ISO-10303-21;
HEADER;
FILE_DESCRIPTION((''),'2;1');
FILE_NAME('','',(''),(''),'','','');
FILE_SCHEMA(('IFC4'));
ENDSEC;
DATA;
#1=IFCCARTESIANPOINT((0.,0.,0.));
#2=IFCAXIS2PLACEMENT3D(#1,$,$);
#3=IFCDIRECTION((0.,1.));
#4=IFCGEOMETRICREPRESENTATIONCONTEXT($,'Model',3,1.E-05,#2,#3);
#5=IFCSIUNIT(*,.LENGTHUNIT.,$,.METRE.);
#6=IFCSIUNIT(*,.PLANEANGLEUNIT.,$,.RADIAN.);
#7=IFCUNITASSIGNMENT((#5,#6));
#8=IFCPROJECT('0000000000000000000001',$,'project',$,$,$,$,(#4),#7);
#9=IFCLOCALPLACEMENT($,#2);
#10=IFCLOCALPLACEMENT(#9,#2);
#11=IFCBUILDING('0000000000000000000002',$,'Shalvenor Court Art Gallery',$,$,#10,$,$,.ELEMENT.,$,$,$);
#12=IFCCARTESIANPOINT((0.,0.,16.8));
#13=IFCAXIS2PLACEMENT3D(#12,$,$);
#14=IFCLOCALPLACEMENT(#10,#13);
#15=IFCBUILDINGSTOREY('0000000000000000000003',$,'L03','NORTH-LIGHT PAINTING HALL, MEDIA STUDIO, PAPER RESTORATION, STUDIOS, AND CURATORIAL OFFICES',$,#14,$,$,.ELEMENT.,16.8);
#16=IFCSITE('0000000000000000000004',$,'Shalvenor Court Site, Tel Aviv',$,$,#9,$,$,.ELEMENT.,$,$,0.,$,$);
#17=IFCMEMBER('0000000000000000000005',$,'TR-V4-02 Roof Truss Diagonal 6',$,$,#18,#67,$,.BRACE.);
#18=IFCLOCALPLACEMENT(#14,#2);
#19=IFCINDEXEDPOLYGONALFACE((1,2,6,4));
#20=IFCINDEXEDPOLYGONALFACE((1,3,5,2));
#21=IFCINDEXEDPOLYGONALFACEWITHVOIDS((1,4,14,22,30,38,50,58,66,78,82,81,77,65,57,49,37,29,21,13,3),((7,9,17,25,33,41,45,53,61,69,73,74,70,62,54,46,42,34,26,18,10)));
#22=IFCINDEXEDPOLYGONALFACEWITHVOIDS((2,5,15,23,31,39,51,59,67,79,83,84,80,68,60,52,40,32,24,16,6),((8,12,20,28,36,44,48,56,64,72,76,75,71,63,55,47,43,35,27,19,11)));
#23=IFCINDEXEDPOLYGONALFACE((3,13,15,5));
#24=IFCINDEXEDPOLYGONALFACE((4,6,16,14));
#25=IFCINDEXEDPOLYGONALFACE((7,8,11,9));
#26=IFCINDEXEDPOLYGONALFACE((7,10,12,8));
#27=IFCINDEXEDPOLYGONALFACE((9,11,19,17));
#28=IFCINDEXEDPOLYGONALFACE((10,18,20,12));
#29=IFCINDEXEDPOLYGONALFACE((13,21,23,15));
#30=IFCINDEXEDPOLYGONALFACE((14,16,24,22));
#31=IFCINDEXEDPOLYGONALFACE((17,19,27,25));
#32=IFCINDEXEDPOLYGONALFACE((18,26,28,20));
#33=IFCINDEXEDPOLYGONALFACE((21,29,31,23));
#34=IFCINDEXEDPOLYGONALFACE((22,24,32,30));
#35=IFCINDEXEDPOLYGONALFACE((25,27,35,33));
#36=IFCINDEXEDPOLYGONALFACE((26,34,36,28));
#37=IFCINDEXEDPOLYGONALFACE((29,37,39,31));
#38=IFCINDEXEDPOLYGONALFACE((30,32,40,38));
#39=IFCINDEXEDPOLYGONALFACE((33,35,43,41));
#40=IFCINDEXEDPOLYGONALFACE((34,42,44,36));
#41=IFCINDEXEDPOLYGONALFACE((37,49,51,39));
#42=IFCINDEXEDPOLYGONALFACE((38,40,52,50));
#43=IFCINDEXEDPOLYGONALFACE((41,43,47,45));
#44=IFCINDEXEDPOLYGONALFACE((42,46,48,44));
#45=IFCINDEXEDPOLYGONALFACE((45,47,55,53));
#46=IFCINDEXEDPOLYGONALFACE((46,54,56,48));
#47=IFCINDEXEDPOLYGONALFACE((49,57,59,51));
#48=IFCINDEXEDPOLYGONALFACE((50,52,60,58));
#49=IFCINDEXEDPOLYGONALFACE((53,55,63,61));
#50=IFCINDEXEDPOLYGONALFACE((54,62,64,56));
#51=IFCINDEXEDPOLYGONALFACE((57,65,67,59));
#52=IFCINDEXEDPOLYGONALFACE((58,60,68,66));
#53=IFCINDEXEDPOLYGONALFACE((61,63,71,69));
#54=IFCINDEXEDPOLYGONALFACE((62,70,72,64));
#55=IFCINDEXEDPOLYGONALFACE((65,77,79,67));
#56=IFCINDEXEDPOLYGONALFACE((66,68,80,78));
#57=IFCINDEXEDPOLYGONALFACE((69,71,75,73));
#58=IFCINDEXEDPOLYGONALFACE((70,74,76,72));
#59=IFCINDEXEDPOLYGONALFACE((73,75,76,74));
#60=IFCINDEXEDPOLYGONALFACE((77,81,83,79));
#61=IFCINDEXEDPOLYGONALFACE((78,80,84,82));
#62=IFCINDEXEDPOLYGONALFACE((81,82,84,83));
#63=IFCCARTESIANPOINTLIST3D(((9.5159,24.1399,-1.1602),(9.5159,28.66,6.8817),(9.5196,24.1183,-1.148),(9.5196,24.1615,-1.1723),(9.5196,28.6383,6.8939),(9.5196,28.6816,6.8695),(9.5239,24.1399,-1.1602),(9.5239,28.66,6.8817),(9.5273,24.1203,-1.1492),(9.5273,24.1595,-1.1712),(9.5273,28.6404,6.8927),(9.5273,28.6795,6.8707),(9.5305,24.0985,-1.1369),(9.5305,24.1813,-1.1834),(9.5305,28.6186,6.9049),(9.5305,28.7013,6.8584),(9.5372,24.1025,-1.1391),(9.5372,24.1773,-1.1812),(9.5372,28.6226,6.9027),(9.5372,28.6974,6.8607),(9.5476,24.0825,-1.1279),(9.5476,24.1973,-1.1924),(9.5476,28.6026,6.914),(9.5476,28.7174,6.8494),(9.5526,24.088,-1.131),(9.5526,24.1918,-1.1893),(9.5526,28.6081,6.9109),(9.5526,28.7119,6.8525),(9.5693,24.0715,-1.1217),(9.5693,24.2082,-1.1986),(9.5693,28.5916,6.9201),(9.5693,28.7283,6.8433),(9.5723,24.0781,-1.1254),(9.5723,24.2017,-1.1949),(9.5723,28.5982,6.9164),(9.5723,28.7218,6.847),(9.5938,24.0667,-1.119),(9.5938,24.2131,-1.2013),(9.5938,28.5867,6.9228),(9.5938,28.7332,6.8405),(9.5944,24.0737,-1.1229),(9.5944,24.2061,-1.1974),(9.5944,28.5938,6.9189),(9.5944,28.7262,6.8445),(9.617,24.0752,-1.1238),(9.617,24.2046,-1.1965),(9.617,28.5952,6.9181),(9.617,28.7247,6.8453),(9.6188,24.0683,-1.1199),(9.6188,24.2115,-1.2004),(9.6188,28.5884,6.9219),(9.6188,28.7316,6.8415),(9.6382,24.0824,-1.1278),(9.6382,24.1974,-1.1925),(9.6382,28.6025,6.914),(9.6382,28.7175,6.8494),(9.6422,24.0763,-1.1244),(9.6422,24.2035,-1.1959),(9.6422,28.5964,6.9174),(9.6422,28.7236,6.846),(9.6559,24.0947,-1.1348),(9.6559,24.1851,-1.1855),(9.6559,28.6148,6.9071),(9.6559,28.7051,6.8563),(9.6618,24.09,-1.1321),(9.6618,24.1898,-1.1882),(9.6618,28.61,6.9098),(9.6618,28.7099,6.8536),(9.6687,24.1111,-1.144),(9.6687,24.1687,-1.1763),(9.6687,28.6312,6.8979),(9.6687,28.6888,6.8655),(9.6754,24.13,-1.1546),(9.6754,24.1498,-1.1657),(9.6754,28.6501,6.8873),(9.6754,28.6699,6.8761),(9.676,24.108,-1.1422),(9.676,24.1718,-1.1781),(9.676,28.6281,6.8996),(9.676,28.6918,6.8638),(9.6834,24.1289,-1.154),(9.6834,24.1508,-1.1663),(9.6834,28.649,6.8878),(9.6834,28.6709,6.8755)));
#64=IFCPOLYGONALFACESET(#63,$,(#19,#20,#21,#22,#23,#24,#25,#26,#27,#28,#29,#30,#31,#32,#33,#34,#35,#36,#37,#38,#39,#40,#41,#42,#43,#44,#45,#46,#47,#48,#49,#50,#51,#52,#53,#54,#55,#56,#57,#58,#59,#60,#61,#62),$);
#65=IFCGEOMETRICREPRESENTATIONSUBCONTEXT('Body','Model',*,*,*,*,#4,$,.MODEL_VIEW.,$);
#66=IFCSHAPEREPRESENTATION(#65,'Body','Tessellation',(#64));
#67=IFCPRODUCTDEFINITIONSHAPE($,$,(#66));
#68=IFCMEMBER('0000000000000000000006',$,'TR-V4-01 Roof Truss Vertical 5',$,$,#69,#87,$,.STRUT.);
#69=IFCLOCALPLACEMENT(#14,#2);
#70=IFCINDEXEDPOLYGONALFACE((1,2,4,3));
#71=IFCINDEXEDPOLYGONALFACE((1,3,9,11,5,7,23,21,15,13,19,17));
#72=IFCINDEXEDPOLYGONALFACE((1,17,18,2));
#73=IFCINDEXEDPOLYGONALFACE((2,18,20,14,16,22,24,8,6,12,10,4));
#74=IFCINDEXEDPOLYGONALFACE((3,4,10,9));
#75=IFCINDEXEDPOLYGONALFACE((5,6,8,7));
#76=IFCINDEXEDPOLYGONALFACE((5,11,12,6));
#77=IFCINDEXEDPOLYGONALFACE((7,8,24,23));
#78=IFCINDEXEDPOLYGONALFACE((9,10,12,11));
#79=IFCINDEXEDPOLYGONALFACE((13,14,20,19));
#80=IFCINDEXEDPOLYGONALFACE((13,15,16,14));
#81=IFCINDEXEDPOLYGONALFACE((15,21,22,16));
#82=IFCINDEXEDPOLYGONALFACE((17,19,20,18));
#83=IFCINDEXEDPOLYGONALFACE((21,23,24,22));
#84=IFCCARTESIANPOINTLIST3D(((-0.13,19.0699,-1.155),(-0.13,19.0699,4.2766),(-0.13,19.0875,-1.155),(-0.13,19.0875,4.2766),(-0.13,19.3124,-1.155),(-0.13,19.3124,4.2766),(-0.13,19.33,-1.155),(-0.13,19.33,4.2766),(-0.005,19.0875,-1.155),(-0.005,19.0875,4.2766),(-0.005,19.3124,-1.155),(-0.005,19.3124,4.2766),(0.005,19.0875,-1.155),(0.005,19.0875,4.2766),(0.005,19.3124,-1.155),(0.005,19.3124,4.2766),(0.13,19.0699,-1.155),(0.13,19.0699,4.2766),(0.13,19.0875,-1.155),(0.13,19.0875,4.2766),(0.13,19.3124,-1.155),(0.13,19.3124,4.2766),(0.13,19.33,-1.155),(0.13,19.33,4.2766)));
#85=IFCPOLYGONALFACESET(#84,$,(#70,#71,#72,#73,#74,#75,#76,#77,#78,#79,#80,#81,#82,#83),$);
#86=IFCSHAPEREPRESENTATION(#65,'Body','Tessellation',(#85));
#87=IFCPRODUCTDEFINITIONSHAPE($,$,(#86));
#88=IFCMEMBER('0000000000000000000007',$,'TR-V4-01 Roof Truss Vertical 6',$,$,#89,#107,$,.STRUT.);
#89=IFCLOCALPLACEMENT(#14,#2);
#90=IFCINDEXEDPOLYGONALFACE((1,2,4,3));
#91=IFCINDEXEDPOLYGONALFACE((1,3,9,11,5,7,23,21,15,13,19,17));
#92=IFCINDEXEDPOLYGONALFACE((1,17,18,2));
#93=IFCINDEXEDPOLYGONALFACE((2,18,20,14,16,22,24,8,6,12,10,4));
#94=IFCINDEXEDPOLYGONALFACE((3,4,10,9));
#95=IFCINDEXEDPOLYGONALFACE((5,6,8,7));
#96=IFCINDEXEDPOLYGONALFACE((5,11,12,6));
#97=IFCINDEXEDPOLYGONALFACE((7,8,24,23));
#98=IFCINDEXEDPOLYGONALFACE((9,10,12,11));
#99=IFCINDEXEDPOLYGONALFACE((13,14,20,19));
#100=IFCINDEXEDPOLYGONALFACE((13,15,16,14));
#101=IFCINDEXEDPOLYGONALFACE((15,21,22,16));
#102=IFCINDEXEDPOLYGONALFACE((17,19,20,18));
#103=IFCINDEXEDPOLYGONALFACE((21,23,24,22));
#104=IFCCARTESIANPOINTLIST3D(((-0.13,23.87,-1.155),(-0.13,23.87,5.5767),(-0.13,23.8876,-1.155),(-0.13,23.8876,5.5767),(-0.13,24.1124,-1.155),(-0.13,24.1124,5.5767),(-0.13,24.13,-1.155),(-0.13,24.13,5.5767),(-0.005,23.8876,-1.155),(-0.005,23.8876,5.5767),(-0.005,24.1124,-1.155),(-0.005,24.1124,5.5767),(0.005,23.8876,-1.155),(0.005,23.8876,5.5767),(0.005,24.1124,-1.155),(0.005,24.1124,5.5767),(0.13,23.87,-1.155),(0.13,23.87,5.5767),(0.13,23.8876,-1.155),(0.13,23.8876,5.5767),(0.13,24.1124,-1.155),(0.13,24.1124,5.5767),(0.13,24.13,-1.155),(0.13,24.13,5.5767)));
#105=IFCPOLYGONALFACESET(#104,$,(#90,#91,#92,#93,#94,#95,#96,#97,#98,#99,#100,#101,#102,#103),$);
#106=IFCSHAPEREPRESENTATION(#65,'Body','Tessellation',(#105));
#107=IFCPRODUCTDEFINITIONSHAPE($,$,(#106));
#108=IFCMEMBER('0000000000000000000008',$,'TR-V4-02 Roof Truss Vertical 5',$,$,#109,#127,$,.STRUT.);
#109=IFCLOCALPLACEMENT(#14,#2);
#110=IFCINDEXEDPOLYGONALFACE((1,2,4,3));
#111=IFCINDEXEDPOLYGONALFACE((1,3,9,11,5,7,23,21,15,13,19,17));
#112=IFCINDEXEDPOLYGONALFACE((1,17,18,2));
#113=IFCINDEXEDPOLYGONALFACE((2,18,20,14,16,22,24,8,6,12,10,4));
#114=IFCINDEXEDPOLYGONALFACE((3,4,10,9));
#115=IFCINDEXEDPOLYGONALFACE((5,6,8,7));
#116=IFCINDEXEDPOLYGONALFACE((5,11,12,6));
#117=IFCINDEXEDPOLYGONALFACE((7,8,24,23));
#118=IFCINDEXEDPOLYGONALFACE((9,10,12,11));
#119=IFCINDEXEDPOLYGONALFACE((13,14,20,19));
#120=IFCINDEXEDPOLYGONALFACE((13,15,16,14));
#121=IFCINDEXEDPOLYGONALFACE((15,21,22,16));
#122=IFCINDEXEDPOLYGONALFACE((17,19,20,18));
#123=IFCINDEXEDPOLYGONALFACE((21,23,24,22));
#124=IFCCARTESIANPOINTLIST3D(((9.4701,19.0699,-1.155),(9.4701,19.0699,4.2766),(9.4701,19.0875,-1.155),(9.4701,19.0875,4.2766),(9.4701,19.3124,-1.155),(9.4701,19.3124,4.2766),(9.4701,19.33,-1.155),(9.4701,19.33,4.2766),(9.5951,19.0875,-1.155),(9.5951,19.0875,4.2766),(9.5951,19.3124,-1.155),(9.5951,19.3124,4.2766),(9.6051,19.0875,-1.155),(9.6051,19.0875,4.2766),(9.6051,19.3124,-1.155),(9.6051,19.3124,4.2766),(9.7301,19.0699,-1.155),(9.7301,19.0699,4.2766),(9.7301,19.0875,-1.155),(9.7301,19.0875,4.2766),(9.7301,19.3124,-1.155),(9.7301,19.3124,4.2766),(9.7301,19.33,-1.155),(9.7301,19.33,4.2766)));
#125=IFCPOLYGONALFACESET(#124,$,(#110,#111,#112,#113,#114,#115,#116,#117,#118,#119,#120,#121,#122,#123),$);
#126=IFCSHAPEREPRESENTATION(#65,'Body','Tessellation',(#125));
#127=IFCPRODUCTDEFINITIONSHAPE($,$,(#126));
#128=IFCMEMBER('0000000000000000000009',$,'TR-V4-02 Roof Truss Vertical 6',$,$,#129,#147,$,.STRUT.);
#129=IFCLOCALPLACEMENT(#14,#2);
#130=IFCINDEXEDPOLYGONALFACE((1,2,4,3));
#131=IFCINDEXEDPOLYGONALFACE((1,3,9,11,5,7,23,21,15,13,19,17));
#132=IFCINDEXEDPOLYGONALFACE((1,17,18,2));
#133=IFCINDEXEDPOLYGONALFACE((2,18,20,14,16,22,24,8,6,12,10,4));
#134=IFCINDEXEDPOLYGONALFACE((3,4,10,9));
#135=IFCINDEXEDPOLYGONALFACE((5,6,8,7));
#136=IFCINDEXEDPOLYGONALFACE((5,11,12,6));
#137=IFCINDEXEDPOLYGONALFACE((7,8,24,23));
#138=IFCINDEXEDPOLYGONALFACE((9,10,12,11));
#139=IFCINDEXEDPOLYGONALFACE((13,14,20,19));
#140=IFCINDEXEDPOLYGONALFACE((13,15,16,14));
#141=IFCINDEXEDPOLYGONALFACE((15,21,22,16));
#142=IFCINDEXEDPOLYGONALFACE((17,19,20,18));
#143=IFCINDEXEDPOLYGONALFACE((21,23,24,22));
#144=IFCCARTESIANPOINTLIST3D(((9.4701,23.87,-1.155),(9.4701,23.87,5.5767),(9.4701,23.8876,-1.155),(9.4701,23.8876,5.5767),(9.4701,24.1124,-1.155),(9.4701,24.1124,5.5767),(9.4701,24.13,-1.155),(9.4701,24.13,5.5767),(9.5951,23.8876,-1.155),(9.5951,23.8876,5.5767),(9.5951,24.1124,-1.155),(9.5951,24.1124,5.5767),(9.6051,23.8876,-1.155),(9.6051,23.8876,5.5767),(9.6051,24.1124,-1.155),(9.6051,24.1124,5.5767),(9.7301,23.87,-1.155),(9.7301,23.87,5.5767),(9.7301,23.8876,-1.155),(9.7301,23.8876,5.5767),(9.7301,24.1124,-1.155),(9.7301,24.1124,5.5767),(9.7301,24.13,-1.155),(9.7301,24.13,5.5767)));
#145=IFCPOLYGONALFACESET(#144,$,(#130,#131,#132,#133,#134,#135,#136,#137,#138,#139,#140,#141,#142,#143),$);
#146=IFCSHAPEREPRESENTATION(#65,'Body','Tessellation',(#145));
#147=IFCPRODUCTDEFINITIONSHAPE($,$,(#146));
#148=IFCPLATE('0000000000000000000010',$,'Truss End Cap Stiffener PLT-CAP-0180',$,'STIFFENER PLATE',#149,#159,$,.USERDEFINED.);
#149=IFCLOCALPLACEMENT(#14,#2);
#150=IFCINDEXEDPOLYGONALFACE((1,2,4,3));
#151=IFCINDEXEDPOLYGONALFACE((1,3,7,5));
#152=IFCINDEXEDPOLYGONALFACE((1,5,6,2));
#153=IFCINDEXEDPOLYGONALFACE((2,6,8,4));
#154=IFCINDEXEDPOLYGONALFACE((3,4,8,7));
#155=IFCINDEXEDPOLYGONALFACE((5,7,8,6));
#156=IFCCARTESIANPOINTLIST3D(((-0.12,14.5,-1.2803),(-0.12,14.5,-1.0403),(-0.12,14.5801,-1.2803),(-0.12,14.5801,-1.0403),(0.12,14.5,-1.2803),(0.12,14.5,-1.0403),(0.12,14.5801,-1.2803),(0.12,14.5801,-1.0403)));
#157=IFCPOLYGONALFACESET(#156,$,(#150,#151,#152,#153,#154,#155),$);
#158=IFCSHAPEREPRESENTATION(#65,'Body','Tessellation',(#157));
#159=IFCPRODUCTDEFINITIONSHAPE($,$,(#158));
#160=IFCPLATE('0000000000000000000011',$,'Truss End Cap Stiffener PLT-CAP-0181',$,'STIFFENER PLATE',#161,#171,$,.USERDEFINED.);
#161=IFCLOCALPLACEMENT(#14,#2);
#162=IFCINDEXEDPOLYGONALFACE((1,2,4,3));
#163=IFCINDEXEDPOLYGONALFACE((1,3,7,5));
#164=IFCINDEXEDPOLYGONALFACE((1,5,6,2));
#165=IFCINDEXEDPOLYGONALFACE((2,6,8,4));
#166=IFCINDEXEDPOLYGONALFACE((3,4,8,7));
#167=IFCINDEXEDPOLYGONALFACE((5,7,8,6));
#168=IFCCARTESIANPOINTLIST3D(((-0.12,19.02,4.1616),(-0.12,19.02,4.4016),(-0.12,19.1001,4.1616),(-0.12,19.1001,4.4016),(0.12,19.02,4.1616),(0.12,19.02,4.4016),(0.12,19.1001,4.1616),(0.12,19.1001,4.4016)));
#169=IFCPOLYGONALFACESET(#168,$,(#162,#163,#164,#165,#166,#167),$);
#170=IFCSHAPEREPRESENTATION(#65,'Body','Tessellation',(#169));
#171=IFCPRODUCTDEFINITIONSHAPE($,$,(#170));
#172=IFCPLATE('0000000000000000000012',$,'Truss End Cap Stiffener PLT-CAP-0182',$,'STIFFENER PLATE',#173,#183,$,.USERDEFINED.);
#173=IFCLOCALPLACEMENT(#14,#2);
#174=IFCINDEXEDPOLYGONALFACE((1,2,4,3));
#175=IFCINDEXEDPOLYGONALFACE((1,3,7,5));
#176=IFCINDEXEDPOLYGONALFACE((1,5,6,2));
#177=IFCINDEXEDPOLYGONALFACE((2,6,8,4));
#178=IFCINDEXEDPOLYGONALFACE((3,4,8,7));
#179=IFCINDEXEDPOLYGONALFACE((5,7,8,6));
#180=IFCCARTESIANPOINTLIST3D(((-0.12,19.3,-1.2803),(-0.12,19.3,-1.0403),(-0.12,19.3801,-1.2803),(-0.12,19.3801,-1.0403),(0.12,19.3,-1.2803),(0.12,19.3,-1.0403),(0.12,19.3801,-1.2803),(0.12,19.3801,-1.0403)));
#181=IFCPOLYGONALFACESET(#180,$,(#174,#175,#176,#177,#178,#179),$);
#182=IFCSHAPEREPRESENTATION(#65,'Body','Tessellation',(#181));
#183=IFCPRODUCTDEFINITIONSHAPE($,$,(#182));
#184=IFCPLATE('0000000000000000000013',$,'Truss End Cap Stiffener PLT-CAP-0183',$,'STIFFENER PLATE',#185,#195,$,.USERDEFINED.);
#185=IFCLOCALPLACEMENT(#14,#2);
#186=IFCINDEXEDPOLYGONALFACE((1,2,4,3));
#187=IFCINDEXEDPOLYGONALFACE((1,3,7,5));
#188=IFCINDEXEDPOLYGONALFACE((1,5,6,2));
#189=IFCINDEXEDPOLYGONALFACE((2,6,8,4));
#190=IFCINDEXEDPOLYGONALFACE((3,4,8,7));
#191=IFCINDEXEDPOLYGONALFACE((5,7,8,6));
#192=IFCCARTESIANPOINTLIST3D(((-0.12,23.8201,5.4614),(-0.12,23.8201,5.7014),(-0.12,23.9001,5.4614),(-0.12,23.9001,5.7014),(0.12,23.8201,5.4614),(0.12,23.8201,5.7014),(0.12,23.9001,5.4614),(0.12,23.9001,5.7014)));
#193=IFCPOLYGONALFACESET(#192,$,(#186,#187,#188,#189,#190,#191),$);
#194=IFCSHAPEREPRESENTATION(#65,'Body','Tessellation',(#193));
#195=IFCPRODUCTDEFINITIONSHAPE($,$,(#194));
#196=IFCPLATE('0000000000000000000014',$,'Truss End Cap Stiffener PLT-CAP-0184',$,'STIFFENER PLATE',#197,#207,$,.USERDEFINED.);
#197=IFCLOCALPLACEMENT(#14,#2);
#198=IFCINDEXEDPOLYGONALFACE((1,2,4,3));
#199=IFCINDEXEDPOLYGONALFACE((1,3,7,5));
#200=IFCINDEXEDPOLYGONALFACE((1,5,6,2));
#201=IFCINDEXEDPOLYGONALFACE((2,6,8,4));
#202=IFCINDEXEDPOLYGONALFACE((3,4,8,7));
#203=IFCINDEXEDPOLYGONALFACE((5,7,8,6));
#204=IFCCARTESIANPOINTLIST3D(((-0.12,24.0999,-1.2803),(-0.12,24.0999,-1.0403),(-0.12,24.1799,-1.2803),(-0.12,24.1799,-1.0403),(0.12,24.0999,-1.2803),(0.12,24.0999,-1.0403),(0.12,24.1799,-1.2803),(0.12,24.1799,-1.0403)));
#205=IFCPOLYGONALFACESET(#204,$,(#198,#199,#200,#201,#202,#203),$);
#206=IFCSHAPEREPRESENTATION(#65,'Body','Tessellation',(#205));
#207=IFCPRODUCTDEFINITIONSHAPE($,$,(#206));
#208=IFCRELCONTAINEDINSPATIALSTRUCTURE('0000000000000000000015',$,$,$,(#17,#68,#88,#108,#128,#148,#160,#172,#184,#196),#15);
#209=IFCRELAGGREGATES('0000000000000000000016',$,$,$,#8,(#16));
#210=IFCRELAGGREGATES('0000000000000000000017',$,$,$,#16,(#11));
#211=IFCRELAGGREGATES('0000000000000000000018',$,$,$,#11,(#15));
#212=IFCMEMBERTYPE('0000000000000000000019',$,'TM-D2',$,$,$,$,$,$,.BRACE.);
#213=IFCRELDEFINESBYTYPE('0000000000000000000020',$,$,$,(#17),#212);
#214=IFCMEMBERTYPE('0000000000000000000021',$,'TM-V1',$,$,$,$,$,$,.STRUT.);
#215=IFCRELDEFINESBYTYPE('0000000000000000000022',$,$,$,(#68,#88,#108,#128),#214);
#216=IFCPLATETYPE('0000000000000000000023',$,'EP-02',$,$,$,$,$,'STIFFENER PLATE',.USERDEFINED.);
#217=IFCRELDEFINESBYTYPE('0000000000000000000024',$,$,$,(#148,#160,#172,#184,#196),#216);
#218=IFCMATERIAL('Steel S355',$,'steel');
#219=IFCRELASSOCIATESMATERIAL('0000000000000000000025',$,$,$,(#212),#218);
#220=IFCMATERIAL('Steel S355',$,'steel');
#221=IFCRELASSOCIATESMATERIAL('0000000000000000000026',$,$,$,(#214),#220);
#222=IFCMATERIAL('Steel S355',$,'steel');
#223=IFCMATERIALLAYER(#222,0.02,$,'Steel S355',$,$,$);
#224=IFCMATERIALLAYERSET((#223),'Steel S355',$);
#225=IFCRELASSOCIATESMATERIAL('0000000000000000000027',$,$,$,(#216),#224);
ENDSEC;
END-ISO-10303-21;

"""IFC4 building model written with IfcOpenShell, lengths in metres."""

from ifc_helpers import new_model, si_unit, direction, frame, origin, origin_2d, place, context, subcontext, project, spatial, rectangle, hollow_circle, i_section, extrude, material, layer, layer_set, material_profile, profile_set, type_object, element, save


model = new_model("IFC4")

# Units and contexts
model_context = context("Model", 3, precision=1e-05, world=origin(), true_north=direction((0.0, 1.0)))
body_context = subcontext(model_context, "Body", "Model", "MODEL_VIEW")
ifc_project = project(units=[si_unit("LENGTHUNIT", "METRE"), si_unit("PLANEANGLEUNIT", "RADIAN")], contexts=[model_context])

# Site, building, storey
site_placement = place(None, origin())
site = spatial("IfcSite", under=ifc_project, at=site_placement, Name="Shalvenor Court Site, Tel Aviv", CompositionType="ELEMENT", RefElevation=0.0)
building_placement = place(site_placement, origin())
building = spatial("IfcBuilding", under=site, at=building_placement, Name="Shalvenor Court Art Gallery", CompositionType="ELEMENT")
storey_placement = place(building_placement, frame((0.0, 0.0, 16.8)))
storey = spatial("IfcBuildingStorey", under=building, at=storey_placement, Name="L03", Description="NORTH-LIGHT PAINTING HALL, MEDIA STUDIO, PAPER RESTORATION, STUDIOS, AND CURATORIAL OFFICES", CompositionType="ELEMENT", Elevation=16.8)

# Members
ifc_material_1 = material(Name="Steel S355", Category="steel")
ifc_material_profile_1 = material_profile(ifc_material_1, hollow_circle(Radius=0.0842, WallThickness=0.0081, at=origin_2d()), Name="CHS 168.3x8.0")
ifc_profile_set_1 = profile_set([ifc_material_profile_1], Name="Steel S355")
member_type_1 = type_object("IfcMemberType", Name="TM-D2", PredefinedType="BRACE", material=ifc_profile_set_1)
member_1_placement = place(storey_placement, frame((9.6001, 24.1399, -1.1602), z_axis=(0.0, 0.489976, 0.871736), x_axis=(-1.0, 0.0, 0.0)))
element("IfcMember", 1, at=member_1_placement, inside=storey, type_object=member_type_1, Name="TR-V4-02 Roof Truss Diagonal 6", PredefinedType="BRACE", context=body_context, shape_type="SweptSolid", body=[
    extrude(hollow_circle(Radius=0.0842, WallThickness=0.0081, at=origin_2d()), origin(), (0.0, 0.0, 1.0), 9.2251),
])
ifc_material_2 = material(Name="Steel S355", Category="steel")
ifc_material_profile_2 = material_profile(ifc_material_2, i_section(OverallWidth=0.26, OverallDepth=0.26, WebThickness=0.01, FlangeThickness=0.0176, at=origin_2d()), Name="HEB 260")
ifc_profile_set_2 = profile_set([ifc_material_profile_2], Name="Steel S355")
member_type_2 = type_object("IfcMemberType", Name="TM-V1", PredefinedType="STRUT", material=ifc_profile_set_2)
member_2_placement = place(storey_placement, frame((0.0, 19.2, -1.155), z_axis=(0.0, 0.0, 1.0), x_axis=(1.0, 0.0, 0.0)))
element("IfcMember", 2, at=member_2_placement, inside=storey, type_object=member_type_2, Name="TR-V4-01 Roof Truss Vertical 5", PredefinedType="STRUT", context=body_context, shape_type="SweptSolid", body=[
    extrude(i_section(OverallWidth=0.26, OverallDepth=0.26, WebThickness=0.01, FlangeThickness=0.0176, at=origin_2d()), origin(), (0.0, 0.0, 1.0), 5.4316),
])
member_3_placement = place(storey_placement, frame((0.0, 24.0, -1.155), z_axis=(0.0, 0.0, 1.0), x_axis=(1.0, 0.0, 0.0)))
element("IfcMember", 3, at=member_3_placement, inside=storey, type_object=member_type_2, Name="TR-V4-01 Roof Truss Vertical 6", PredefinedType="STRUT", context=body_context, shape_type="SweptSolid", body=[
    extrude(i_section(OverallWidth=0.26, OverallDepth=0.26, WebThickness=0.01, FlangeThickness=0.0176, at=origin_2d()), origin(), (0.0, 0.0, 1.0), 6.7317),
])
member_4_placement = place(storey_placement, frame((9.6001, 19.2, -1.155), z_axis=(0.0, 0.0, 1.0), x_axis=(1.0, 0.0, 0.0)))
element("IfcMember", 4, at=member_4_placement, inside=storey, type_object=member_type_2, Name="TR-V4-02 Roof Truss Vertical 5", PredefinedType="STRUT", context=body_context, shape_type="SweptSolid", body=[
    extrude(i_section(OverallWidth=0.26, OverallDepth=0.26, WebThickness=0.01, FlangeThickness=0.0176, at=origin_2d()), origin(), (0.0, 0.0, 1.0), 5.4316),
])
member_5_placement = place(storey_placement, frame((9.6001, 24.0, -1.155), z_axis=(0.0, 0.0, 1.0), x_axis=(1.0, 0.0, 0.0)))
element("IfcMember", 5, at=member_5_placement, inside=storey, type_object=member_type_2, Name="TR-V4-02 Roof Truss Vertical 6", PredefinedType="STRUT", context=body_context, shape_type="SweptSolid", body=[
    extrude(i_section(OverallWidth=0.26, OverallDepth=0.26, WebThickness=0.01, FlangeThickness=0.0176, at=origin_2d()), origin(), (0.0, 0.0, 1.0), 6.7317),
])

# Plates
ifc_material_3 = material(Name="Steel S355", Category="steel")
ifc_layer_1 = layer(ifc_material_3, 0.02, Name="Steel S355")
ifc_layer_set_1 = layer_set([ifc_layer_1], Name="Steel S355")
plate_type_1 = type_object("IfcPlateType", Name="EP-02", ElementType="STIFFENER PLATE", PredefinedType="USERDEFINED", material=ifc_layer_set_1)
for number, where, z_axis, x_axis, name in (
    (6, (0.0, 14.54, -1.2803), (0.0, 0.0, 1.0), (1.0, 0.0, 0.0), "Truss End Cap Stiffener PLT-CAP-0180"),
    (7, (0.0, 19.0601, 4.1616), (0.0, 0.0, 1.0), (1.0, 0.0, 0.0), "Truss End Cap Stiffener PLT-CAP-0181"),
    (8, (0.0, 19.3401, -1.2803), (0.0, 0.0, 1.0), (1.0, 0.0, 0.0), "Truss End Cap Stiffener PLT-CAP-0182"),
    (9, (0.0, 23.8601, 5.4614), (0.0, 0.0, 1.0), (1.0, 0.0, 0.0), "Truss End Cap Stiffener PLT-CAP-0183"),
    (10, (0.0, 24.1399, -1.2803), (0.0, 0.0, 1.0), (1.0, 0.0, 0.0), "Truss End Cap Stiffener PLT-CAP-0184"),
):
    element("IfcPlate", number, at=place(storey_placement, frame(where, z_axis=z_axis, x_axis=x_axis)), inside=storey, type_object=plate_type_1, Name=name, ObjectType="STIFFENER PLATE", PredefinedType="USERDEFINED", context=body_context, shape_type="SweptSolid", body=[
        extrude(rectangle(XDim=0.24, YDim=0.0801, at=origin_2d()), origin(), (0.0, 0.0, 1.0), 0.24),
    ])

save(model, "model.ifc")
